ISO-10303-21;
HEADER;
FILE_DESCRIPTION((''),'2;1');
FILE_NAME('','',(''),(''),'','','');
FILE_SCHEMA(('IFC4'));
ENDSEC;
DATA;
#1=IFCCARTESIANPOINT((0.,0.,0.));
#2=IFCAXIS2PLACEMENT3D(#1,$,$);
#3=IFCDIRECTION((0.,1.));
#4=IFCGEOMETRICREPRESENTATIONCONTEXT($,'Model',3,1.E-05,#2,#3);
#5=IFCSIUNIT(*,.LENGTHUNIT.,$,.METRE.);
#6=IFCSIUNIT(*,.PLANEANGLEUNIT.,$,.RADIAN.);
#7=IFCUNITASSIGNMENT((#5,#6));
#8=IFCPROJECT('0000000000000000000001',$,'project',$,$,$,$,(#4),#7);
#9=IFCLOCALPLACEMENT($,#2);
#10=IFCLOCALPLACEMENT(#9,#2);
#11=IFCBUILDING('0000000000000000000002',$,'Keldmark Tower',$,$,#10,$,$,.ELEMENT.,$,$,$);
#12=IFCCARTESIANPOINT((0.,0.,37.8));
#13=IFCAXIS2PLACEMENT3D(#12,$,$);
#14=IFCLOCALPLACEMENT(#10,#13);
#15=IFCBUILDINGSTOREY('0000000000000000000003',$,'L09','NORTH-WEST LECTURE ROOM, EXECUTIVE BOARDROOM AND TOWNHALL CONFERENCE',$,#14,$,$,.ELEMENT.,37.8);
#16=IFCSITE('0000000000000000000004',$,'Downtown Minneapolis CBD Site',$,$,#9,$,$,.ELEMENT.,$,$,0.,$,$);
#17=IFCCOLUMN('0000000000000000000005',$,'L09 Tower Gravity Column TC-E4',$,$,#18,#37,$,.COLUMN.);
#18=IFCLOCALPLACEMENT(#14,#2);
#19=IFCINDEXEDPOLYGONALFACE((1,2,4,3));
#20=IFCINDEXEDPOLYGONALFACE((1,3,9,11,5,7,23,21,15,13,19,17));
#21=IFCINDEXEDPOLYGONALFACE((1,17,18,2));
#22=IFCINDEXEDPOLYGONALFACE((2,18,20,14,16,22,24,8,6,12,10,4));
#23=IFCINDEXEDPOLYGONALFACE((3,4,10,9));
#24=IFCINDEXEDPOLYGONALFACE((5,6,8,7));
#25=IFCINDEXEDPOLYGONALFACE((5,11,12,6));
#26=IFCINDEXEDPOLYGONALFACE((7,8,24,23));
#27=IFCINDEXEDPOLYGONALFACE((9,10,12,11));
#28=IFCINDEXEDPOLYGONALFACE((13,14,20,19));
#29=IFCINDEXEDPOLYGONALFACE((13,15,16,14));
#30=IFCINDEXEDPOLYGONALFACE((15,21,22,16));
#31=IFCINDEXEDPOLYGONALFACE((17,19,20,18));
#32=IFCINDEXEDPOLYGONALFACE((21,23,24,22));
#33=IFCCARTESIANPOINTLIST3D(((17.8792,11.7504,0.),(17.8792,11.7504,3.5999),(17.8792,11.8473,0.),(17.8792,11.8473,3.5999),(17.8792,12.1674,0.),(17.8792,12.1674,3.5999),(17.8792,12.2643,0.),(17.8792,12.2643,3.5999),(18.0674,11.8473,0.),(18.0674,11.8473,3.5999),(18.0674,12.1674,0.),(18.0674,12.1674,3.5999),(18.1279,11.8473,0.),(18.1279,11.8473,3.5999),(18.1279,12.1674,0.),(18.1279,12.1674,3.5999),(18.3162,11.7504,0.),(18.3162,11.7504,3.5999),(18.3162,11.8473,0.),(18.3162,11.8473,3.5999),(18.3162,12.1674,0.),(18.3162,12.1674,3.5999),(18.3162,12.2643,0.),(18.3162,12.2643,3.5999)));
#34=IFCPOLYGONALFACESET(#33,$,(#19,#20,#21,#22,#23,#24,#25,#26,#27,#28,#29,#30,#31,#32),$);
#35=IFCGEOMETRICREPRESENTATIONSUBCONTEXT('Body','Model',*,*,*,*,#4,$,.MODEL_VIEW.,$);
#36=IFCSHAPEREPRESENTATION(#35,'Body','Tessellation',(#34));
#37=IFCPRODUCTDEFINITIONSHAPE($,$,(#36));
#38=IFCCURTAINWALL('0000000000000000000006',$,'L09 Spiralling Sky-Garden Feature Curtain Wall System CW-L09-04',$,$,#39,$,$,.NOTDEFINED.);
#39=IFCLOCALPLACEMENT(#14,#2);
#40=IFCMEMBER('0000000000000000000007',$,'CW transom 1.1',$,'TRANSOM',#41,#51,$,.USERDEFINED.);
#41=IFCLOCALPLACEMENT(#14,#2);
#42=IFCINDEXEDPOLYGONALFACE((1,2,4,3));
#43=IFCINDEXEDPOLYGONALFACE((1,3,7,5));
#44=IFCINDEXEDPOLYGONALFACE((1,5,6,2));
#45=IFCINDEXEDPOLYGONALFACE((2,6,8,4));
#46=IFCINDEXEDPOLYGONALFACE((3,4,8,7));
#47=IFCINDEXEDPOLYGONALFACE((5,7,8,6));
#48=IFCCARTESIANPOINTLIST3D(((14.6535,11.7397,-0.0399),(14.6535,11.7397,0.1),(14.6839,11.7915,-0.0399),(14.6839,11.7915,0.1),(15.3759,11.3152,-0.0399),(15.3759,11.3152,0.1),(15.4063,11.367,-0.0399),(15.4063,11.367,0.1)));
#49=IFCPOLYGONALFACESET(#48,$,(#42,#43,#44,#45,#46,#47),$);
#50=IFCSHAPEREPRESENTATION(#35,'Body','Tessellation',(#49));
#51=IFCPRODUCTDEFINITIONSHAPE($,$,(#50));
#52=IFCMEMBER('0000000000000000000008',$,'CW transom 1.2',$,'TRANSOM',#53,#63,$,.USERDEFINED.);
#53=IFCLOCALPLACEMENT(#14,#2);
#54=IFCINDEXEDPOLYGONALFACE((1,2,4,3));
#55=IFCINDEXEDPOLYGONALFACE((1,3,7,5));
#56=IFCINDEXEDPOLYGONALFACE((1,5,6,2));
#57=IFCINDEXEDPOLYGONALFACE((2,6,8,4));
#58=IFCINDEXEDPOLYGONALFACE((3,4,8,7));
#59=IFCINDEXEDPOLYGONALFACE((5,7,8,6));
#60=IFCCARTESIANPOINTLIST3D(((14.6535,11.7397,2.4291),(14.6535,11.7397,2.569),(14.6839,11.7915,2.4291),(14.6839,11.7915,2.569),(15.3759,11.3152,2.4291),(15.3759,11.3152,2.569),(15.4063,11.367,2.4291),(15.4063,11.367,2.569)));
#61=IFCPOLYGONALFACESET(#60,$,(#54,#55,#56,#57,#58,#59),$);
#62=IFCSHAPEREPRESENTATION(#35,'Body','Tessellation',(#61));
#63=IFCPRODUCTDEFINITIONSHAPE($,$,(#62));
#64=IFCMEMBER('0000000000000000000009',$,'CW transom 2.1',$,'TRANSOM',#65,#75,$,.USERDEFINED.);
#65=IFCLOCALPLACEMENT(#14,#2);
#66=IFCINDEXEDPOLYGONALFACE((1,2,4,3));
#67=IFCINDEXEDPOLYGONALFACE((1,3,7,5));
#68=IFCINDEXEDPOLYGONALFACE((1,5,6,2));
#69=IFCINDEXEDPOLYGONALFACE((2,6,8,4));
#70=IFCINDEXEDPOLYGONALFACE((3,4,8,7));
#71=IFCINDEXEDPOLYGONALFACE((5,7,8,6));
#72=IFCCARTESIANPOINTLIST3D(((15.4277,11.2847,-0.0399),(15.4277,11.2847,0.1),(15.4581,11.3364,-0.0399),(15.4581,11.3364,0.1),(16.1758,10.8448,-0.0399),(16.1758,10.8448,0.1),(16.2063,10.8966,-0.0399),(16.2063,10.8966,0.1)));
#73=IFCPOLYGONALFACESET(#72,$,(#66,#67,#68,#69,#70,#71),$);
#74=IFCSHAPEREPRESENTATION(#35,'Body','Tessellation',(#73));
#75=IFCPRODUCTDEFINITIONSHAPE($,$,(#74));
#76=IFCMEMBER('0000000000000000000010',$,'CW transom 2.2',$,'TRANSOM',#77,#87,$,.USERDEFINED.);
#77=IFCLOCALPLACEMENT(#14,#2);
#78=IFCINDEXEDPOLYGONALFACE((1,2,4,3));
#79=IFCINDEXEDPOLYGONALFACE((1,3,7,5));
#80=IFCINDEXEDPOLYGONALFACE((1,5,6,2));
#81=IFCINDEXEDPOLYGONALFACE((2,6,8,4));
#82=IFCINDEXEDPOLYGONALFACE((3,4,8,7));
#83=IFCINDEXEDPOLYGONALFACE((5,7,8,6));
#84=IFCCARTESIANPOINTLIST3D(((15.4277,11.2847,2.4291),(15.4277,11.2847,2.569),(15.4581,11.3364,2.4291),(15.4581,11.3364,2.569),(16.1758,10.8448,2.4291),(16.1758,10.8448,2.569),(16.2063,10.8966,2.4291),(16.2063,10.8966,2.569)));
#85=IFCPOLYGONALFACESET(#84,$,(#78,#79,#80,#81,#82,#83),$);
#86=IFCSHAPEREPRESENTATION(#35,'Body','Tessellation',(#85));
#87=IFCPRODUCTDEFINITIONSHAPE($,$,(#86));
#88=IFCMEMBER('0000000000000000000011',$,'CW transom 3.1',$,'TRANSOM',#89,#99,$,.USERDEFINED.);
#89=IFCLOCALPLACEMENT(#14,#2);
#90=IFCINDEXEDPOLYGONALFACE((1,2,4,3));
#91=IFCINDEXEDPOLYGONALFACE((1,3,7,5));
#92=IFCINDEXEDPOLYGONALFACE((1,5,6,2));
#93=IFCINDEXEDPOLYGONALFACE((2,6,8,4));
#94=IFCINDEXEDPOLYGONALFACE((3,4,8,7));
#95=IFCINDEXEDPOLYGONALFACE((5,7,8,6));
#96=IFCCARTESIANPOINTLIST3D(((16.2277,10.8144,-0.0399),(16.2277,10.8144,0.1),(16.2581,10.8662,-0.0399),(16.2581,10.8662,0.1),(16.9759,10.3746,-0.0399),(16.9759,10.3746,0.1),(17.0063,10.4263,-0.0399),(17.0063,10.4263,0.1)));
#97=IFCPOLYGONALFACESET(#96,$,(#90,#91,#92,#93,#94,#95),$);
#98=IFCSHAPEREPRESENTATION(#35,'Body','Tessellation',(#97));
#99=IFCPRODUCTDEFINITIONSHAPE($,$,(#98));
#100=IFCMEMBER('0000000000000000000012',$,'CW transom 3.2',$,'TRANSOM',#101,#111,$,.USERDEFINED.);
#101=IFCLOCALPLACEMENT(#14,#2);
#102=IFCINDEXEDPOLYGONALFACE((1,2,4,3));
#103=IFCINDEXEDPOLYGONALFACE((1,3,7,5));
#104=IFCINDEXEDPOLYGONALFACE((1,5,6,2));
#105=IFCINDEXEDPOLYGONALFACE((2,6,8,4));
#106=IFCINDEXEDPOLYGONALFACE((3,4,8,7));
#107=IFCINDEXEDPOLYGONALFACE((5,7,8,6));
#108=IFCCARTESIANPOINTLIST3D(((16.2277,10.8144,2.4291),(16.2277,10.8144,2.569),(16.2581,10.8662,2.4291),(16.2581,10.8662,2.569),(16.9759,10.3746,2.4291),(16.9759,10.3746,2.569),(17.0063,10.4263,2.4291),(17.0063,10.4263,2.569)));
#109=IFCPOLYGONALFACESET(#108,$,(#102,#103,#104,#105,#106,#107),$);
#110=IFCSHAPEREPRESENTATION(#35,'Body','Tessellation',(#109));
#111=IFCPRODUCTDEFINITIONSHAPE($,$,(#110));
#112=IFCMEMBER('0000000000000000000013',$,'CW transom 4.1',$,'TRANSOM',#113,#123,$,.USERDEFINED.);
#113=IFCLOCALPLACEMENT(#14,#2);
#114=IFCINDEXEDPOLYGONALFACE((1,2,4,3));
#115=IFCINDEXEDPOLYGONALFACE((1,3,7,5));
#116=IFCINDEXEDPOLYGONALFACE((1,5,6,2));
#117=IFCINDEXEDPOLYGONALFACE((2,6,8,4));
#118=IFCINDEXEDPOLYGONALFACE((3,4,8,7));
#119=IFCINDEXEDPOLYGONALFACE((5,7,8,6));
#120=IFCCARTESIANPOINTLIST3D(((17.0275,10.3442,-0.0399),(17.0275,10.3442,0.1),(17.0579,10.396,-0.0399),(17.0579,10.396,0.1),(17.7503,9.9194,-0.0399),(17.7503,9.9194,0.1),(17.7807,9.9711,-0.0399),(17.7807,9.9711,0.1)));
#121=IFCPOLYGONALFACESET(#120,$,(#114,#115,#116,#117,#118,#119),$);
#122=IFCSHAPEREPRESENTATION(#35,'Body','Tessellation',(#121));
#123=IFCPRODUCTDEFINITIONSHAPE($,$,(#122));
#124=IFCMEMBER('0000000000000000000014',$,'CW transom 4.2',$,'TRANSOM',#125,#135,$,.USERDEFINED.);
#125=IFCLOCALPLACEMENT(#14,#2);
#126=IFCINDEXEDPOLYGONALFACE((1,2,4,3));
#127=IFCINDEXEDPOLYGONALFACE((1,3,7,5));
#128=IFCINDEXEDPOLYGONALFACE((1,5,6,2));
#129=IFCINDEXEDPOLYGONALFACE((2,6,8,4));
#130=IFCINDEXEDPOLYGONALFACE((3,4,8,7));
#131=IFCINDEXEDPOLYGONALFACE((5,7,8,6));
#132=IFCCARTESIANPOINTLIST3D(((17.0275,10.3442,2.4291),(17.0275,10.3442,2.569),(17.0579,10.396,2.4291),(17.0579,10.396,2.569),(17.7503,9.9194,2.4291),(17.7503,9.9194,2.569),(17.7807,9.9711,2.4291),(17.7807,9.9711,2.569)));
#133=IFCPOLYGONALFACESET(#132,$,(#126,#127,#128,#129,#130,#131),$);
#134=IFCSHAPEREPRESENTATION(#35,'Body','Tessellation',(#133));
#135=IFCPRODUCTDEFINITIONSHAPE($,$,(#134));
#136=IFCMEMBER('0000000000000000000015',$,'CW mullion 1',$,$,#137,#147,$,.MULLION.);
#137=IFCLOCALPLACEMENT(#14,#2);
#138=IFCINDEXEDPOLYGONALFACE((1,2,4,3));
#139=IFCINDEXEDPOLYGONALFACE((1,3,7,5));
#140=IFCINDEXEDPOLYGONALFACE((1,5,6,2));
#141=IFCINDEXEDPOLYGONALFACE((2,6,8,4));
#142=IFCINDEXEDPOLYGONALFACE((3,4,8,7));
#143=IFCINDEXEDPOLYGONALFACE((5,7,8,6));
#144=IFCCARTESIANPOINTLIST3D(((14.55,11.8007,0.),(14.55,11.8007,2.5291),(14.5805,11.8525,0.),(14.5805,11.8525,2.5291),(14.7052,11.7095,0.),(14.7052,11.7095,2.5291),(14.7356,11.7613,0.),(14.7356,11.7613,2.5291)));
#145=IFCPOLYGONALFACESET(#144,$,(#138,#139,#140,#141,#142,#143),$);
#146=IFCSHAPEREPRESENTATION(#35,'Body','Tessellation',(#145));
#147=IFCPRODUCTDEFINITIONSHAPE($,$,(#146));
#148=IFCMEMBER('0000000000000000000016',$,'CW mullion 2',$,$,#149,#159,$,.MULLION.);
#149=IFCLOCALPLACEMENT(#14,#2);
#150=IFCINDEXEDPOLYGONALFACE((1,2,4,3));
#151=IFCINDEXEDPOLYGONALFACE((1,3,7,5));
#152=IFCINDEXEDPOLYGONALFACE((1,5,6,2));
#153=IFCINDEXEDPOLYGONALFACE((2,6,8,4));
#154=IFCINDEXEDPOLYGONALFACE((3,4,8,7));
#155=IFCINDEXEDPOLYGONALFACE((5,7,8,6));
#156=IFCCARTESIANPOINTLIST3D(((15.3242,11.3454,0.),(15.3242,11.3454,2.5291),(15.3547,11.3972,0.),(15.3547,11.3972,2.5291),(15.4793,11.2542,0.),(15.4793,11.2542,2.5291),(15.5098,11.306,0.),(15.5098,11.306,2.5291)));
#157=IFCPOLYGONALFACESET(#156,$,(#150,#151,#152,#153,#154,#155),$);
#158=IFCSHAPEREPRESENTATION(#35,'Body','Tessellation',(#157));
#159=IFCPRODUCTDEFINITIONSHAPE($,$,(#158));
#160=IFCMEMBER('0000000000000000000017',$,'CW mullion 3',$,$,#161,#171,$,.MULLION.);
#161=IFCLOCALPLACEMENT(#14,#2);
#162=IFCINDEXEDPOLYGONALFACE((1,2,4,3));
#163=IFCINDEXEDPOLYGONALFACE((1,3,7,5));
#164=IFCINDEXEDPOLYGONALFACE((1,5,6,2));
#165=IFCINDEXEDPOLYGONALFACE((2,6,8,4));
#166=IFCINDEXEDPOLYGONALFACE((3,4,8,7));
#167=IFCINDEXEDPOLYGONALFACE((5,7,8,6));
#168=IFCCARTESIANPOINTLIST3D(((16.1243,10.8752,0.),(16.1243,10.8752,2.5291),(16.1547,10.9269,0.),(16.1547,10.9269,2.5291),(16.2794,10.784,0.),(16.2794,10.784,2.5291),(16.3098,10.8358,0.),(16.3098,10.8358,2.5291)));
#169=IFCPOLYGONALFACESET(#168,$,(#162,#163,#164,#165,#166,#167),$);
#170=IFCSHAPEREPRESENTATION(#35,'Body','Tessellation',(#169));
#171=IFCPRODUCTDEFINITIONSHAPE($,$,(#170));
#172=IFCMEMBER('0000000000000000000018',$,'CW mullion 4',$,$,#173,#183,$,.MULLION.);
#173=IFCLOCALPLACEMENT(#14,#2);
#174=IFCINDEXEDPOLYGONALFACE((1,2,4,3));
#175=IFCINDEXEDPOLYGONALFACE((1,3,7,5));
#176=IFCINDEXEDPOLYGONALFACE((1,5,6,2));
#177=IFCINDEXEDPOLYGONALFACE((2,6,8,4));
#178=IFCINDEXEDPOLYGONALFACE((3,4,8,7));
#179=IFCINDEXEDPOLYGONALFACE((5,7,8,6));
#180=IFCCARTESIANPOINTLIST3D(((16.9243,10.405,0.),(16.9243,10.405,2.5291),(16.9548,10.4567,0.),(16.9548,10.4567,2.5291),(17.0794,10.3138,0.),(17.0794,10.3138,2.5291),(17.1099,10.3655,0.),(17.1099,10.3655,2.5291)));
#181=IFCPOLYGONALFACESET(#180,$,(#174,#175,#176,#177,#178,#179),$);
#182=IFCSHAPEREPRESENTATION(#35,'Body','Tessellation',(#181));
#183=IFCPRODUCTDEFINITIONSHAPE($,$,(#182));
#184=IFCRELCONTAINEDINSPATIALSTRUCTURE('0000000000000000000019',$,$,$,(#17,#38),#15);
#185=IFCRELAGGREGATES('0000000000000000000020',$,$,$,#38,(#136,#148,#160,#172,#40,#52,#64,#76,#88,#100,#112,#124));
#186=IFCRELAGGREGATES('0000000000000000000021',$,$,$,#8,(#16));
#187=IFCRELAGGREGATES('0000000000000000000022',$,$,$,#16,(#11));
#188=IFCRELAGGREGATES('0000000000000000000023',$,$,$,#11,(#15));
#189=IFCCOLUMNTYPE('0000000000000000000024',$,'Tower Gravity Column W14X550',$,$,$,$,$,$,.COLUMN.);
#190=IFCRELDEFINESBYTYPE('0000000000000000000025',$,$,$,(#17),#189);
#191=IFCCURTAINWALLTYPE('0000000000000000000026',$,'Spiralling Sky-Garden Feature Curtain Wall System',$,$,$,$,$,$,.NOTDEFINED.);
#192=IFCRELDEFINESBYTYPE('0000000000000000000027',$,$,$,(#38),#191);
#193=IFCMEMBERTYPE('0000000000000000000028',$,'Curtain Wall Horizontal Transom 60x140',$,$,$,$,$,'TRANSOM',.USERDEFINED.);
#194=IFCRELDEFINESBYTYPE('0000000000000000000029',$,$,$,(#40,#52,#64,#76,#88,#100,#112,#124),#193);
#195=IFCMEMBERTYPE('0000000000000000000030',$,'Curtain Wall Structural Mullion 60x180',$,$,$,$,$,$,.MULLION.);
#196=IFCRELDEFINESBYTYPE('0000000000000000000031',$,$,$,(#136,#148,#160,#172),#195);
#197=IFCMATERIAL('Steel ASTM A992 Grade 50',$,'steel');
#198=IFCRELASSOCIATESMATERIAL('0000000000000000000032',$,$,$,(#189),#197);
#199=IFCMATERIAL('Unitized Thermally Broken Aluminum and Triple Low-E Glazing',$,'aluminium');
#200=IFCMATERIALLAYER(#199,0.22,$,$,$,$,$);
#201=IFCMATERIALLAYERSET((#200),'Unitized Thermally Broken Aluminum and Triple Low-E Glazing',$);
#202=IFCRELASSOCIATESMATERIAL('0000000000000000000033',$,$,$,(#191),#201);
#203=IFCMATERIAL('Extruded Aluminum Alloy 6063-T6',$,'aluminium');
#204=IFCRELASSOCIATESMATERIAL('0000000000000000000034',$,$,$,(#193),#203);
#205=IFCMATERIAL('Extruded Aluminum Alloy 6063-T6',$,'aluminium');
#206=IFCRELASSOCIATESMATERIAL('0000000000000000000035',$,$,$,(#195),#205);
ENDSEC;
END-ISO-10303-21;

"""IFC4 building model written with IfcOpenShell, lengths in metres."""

from ifc_helpers import new_model, si_unit, direction, frame, origin, origin_2d, place, context, subcontext, project, spatial, rectangle, i_section, extrude, material, layer, layer_set, material_profile, profile_set, type_object, element, aggregate, save


model = new_model("IFC4")

# Units and contexts
model_context = context("Model", 3, precision=1e-05, world=origin(), true_north=direction((0.0, 1.0)))
body_context = subcontext(model_context, "Body", "Model", "MODEL_VIEW")
ifc_project = project(units=[si_unit("LENGTHUNIT", "METRE"), si_unit("PLANEANGLEUNIT", "RADIAN")], contexts=[model_context])

# Site, building, storey
site_placement = place(None, origin())
site = spatial("IfcSite", under=ifc_project, at=site_placement, Name="Downtown Minneapolis CBD Site", CompositionType="ELEMENT", RefElevation=0.0)
building_placement = place(site_placement, origin())
building = spatial("IfcBuilding", under=site, at=building_placement, Name="Keldmark Tower", CompositionType="ELEMENT")
storey_placement = place(building_placement, frame((0.0, 0.0, 37.8)))
storey = spatial("IfcBuildingStorey", under=building, at=storey_placement, Name="L09", Description="NORTH-WEST LECTURE ROOM, EXECUTIVE BOARDROOM AND TOWNHALL CONFERENCE", CompositionType="ELEMENT", Elevation=37.8)

# Column
ifc_material_1 = material(Name="Steel ASTM A992 Grade 50", Category="steel")
ifc_material_profile_1 = material_profile(ifc_material_1, i_section(OverallWidth=0.437, OverallDepth=0.5139, WebThickness=0.0605, FlangeThickness=0.0969, at=origin_2d()), Name="W14X550")
ifc_profile_set_1 = profile_set([ifc_material_profile_1], Name="Steel ASTM A992 Grade 50")
column_type = type_object("IfcColumnType", Name="Tower Gravity Column W14X550", PredefinedType="COLUMN", material=ifc_profile_set_1)
column_placement = place(storey_placement, frame((18.0977, 12.0073, 0.0), z_axis=(0.0, 0.0, 1.0), x_axis=(1.0, 0.0, 0.0)))
element("IfcColumn", 1, at=column_placement, inside=storey, type_object=column_type, Name="L09 Tower Gravity Column TC-E4", PredefinedType="COLUMN", context=body_context, shape_type="SweptSolid", body=[
    extrude(i_section(OverallWidth=0.437, OverallDepth=0.5139, WebThickness=0.0605, FlangeThickness=0.0969, at=origin_2d()), origin(), (0.0, 0.0, 1.0), 3.5999),
])

# Curtain wall, members
ifc_material_2 = material(Name="Unitized Thermally Broken Aluminum and Triple Low-E Glazing", Category="aluminium")
ifc_layer_1 = layer(ifc_material_2, 0.22)
ifc_layer_set_1 = layer_set([ifc_layer_1], Name="Unitized Thermally Broken Aluminum and Triple Low-E Glazing")
curtain_wall_type = type_object("IfcCurtainWallType", Name="Spiralling Sky-Garden Feature Curtain Wall System", PredefinedType="NOTDEFINED", material=ifc_layer_set_1)
curtain_wall_placement = place(storey_placement, origin())
curtain_wall = element("IfcCurtainWall", 2, at=curtain_wall_placement, inside=storey, type_object=curtain_wall_type, Name="L09 Spiralling Sky-Garden Feature Curtain Wall System CW-L09-04", PredefinedType="NOTDEFINED")
ifc_material_3 = material(Name="Extruded Aluminum Alloy 6063-T6", Category="aluminium")
ifc_material_profile_2 = material_profile(ifc_material_3, rectangle(XDim=0.0601, YDim=0.1399, at=origin_2d()), Name="CWT60X140")
ifc_profile_set_2 = profile_set([ifc_material_profile_2], Name="Extruded Aluminum Alloy 6063-T6")
member_type_1 = type_object("IfcMemberType", Name="Curtain Wall Horizontal Transom 60x140", ElementType="TRANSOM", PredefinedType="USERDEFINED", material=ifc_profile_set_2)
member_1_placement = place(storey_placement, frame((14.6687, 11.7656, 0.03), z_axis=(0.862136, -0.506676, 0.0), x_axis=(0.506676, 0.862136, 0.0)))
member_1 = element("IfcMember", 3, at=member_1_placement, type_object=member_type_1, Name="CW transom 1.1", ObjectType="TRANSOM", PredefinedType="USERDEFINED", context=body_context, shape_type="SweptSolid", body=[
    extrude(rectangle(XDim=0.0601, YDim=0.1399, at=origin_2d()), origin(), (0.0, 0.0, 1.0), 0.8379),
])
member_2_placement = place(storey_placement, frame((14.6687, 11.7656, 2.499), z_axis=(0.862136, -0.506676, 0.0), x_axis=(0.506676, 0.862136, 0.0)))
member_2 = element("IfcMember", 4, at=member_2_placement, type_object=member_type_1, Name="CW transom 1.2", ObjectType="TRANSOM", PredefinedType="USERDEFINED", context=body_context, shape_type="SweptSolid", body=[
    extrude(rectangle(XDim=0.0601, YDim=0.1399, at=origin_2d()), origin(), (0.0, 0.0, 1.0), 0.8379),
])
member_3_placement = place(storey_placement, frame((15.4429, 11.3105, 0.03), z_axis=(0.86205, -0.506823, 0.0), x_axis=(0.506823, 0.86205, 0.0)))
member_3 = element("IfcMember", 5, at=member_3_placement, type_object=member_type_1, Name="CW transom 2.1", ObjectType="TRANSOM", PredefinedType="USERDEFINED", context=body_context, shape_type="SweptSolid", body=[
    extrude(rectangle(XDim=0.0601, YDim=0.1399, at=origin_2d()), origin(), (0.0, 0.0, 1.0), 0.8679),
])
member_4_placement = place(storey_placement, frame((15.4429, 11.3105, 2.499), z_axis=(0.86205, -0.506823, 0.0), x_axis=(0.506823, 0.86205, 0.0)))
member_4 = element("IfcMember", 6, at=member_4_placement, type_object=member_type_1, Name="CW transom 2.2", ObjectType="TRANSOM", PredefinedType="USERDEFINED", context=body_context, shape_type="SweptSolid", body=[
    extrude(rectangle(XDim=0.0601, YDim=0.1399, at=origin_2d()), origin(), (0.0, 0.0, 1.0), 0.8679),
])
member_5_placement = place(storey_placement, frame((16.2429, 10.8403, 0.03), z_axis=(0.86205, -0.506823, 0.0), x_axis=(0.506823, 0.86205, 0.0)))
member_5 = element("IfcMember", 7, at=member_5_placement, type_object=member_type_1, Name="CW transom 3.1", ObjectType="TRANSOM", PredefinedType="USERDEFINED", context=body_context, shape_type="SweptSolid", body=[
    extrude(rectangle(XDim=0.0601, YDim=0.1399, at=origin_2d()), origin(), (0.0, 0.0, 1.0), 0.8679),
])
member_6_placement = place(storey_placement, frame((16.2429, 10.8403, 2.499), z_axis=(0.86205, -0.506823, 0.0), x_axis=(0.506823, 0.86205, 0.0)))
member_6 = element("IfcMember", 8, at=member_6_placement, type_object=member_type_1, Name="CW transom 3.2", ObjectType="TRANSOM", PredefinedType="USERDEFINED", context=body_context, shape_type="SweptSolid", body=[
    extrude(rectangle(XDim=0.0601, YDim=0.1399, at=origin_2d()), origin(), (0.0, 0.0, 1.0), 0.8679),
])
member_7_placement = place(storey_placement, frame((17.0427, 10.3701, 0.03), z_axis=(0.862084, -0.506766, 0.0), x_axis=(0.506766, 0.862084, 0.0)))
member_7 = element("IfcMember", 9, at=member_7_placement, type_object=member_type_1, Name="CW transom 4.1", ObjectType="TRANSOM", PredefinedType="USERDEFINED", context=body_context, shape_type="SweptSolid", body=[
    extrude(rectangle(XDim=0.0601, YDim=0.1399, at=origin_2d()), origin(), (0.0, 0.0, 1.0), 0.8384),
])
member_8_placement = place(storey_placement, frame((17.0427, 10.3701, 2.499), z_axis=(0.862084, -0.506766, 0.0), x_axis=(0.506766, 0.862084, 0.0)))
member_8 = element("IfcMember", 10, at=member_8_placement, type_object=member_type_1, Name="CW transom 4.2", ObjectType="TRANSOM", PredefinedType="USERDEFINED", context=body_context, shape_type="SweptSolid", body=[
    extrude(rectangle(XDim=0.0601, YDim=0.1399, at=origin_2d()), origin(), (0.0, 0.0, 1.0), 0.8384),
])
ifc_material_4 = material(Name="Extruded Aluminum Alloy 6063-T6", Category="aluminium")
ifc_material_profile_3 = material_profile(ifc_material_4, rectangle(XDim=0.0601, YDim=0.1799, at=origin_2d()), Name="CWM60X180")
ifc_profile_set_3 = profile_set([ifc_material_profile_3], Name="Extruded Aluminum Alloy 6063-T6")
member_type_2 = type_object("IfcMemberType", Name="Curtain Wall Structural Mullion 60x180", PredefinedType="MULLION", material=ifc_profile_set_3)
member_9_placement = place(storey_placement, frame((14.6428, 11.781, 0.0), z_axis=(0.0, 0.0, 1.0), x_axis=(0.506778, 0.862077, 0.0)))
member_9 = element("IfcMember", 11, at=member_9_placement, type_object=member_type_2, Name="CW mullion 1", PredefinedType="MULLION", context=body_context, shape_type="SweptSolid", body=[
    extrude(rectangle(XDim=0.0601, YDim=0.1799, at=origin_2d()), origin(), (0.0, 0.0, 1.0), 2.5291),
])
member_10_placement = place(storey_placement, frame((15.417, 11.3257, 0.0), z_axis=(0.0, 0.0, 1.0), x_axis=(0.506778, 0.862077, 0.0)))
member_10 = element("IfcMember", 12, at=member_10_placement, type_object=member_type_2, Name="CW mullion 2", PredefinedType="MULLION", context=body_context, shape_type="SweptSolid", body=[
    extrude(rectangle(XDim=0.0601, YDim=0.1799, at=origin_2d()), origin(), (0.0, 0.0, 1.0), 2.5291),
])
member_11_placement = place(storey_placement, frame((16.217, 10.8555, 0.0), z_axis=(0.0, 0.0, 1.0), x_axis=(0.506778, 0.862077, 0.0)))
member_11 = element("IfcMember", 13, at=member_11_placement, type_object=member_type_2, Name="CW mullion 3", PredefinedType="MULLION", context=body_context, shape_type="SweptSolid", body=[
    extrude(rectangle(XDim=0.0601, YDim=0.1799, at=origin_2d()), origin(), (0.0, 0.0, 1.0), 2.5291),
])
member_12_placement = place(storey_placement, frame((17.0171, 10.3853, 0.0), z_axis=(0.0, 0.0, 1.0), x_axis=(0.506778, 0.862077, 0.0)))
member_12 = element("IfcMember", 14, at=member_12_placement, type_object=member_type_2, Name="CW mullion 4", PredefinedType="MULLION", context=body_context, shape_type="SweptSolid", body=[
    extrude(rectangle(XDim=0.0601, YDim=0.1799, at=origin_2d()), origin(), (0.0, 0.0, 1.0), 2.5291),
])

aggregate(curtain_wall, [member_9, member_10, member_11, member_12, member_1, member_2, member_3, member_4, member_5, member_6, member_7, member_8])

save(model, "model.ifc")
